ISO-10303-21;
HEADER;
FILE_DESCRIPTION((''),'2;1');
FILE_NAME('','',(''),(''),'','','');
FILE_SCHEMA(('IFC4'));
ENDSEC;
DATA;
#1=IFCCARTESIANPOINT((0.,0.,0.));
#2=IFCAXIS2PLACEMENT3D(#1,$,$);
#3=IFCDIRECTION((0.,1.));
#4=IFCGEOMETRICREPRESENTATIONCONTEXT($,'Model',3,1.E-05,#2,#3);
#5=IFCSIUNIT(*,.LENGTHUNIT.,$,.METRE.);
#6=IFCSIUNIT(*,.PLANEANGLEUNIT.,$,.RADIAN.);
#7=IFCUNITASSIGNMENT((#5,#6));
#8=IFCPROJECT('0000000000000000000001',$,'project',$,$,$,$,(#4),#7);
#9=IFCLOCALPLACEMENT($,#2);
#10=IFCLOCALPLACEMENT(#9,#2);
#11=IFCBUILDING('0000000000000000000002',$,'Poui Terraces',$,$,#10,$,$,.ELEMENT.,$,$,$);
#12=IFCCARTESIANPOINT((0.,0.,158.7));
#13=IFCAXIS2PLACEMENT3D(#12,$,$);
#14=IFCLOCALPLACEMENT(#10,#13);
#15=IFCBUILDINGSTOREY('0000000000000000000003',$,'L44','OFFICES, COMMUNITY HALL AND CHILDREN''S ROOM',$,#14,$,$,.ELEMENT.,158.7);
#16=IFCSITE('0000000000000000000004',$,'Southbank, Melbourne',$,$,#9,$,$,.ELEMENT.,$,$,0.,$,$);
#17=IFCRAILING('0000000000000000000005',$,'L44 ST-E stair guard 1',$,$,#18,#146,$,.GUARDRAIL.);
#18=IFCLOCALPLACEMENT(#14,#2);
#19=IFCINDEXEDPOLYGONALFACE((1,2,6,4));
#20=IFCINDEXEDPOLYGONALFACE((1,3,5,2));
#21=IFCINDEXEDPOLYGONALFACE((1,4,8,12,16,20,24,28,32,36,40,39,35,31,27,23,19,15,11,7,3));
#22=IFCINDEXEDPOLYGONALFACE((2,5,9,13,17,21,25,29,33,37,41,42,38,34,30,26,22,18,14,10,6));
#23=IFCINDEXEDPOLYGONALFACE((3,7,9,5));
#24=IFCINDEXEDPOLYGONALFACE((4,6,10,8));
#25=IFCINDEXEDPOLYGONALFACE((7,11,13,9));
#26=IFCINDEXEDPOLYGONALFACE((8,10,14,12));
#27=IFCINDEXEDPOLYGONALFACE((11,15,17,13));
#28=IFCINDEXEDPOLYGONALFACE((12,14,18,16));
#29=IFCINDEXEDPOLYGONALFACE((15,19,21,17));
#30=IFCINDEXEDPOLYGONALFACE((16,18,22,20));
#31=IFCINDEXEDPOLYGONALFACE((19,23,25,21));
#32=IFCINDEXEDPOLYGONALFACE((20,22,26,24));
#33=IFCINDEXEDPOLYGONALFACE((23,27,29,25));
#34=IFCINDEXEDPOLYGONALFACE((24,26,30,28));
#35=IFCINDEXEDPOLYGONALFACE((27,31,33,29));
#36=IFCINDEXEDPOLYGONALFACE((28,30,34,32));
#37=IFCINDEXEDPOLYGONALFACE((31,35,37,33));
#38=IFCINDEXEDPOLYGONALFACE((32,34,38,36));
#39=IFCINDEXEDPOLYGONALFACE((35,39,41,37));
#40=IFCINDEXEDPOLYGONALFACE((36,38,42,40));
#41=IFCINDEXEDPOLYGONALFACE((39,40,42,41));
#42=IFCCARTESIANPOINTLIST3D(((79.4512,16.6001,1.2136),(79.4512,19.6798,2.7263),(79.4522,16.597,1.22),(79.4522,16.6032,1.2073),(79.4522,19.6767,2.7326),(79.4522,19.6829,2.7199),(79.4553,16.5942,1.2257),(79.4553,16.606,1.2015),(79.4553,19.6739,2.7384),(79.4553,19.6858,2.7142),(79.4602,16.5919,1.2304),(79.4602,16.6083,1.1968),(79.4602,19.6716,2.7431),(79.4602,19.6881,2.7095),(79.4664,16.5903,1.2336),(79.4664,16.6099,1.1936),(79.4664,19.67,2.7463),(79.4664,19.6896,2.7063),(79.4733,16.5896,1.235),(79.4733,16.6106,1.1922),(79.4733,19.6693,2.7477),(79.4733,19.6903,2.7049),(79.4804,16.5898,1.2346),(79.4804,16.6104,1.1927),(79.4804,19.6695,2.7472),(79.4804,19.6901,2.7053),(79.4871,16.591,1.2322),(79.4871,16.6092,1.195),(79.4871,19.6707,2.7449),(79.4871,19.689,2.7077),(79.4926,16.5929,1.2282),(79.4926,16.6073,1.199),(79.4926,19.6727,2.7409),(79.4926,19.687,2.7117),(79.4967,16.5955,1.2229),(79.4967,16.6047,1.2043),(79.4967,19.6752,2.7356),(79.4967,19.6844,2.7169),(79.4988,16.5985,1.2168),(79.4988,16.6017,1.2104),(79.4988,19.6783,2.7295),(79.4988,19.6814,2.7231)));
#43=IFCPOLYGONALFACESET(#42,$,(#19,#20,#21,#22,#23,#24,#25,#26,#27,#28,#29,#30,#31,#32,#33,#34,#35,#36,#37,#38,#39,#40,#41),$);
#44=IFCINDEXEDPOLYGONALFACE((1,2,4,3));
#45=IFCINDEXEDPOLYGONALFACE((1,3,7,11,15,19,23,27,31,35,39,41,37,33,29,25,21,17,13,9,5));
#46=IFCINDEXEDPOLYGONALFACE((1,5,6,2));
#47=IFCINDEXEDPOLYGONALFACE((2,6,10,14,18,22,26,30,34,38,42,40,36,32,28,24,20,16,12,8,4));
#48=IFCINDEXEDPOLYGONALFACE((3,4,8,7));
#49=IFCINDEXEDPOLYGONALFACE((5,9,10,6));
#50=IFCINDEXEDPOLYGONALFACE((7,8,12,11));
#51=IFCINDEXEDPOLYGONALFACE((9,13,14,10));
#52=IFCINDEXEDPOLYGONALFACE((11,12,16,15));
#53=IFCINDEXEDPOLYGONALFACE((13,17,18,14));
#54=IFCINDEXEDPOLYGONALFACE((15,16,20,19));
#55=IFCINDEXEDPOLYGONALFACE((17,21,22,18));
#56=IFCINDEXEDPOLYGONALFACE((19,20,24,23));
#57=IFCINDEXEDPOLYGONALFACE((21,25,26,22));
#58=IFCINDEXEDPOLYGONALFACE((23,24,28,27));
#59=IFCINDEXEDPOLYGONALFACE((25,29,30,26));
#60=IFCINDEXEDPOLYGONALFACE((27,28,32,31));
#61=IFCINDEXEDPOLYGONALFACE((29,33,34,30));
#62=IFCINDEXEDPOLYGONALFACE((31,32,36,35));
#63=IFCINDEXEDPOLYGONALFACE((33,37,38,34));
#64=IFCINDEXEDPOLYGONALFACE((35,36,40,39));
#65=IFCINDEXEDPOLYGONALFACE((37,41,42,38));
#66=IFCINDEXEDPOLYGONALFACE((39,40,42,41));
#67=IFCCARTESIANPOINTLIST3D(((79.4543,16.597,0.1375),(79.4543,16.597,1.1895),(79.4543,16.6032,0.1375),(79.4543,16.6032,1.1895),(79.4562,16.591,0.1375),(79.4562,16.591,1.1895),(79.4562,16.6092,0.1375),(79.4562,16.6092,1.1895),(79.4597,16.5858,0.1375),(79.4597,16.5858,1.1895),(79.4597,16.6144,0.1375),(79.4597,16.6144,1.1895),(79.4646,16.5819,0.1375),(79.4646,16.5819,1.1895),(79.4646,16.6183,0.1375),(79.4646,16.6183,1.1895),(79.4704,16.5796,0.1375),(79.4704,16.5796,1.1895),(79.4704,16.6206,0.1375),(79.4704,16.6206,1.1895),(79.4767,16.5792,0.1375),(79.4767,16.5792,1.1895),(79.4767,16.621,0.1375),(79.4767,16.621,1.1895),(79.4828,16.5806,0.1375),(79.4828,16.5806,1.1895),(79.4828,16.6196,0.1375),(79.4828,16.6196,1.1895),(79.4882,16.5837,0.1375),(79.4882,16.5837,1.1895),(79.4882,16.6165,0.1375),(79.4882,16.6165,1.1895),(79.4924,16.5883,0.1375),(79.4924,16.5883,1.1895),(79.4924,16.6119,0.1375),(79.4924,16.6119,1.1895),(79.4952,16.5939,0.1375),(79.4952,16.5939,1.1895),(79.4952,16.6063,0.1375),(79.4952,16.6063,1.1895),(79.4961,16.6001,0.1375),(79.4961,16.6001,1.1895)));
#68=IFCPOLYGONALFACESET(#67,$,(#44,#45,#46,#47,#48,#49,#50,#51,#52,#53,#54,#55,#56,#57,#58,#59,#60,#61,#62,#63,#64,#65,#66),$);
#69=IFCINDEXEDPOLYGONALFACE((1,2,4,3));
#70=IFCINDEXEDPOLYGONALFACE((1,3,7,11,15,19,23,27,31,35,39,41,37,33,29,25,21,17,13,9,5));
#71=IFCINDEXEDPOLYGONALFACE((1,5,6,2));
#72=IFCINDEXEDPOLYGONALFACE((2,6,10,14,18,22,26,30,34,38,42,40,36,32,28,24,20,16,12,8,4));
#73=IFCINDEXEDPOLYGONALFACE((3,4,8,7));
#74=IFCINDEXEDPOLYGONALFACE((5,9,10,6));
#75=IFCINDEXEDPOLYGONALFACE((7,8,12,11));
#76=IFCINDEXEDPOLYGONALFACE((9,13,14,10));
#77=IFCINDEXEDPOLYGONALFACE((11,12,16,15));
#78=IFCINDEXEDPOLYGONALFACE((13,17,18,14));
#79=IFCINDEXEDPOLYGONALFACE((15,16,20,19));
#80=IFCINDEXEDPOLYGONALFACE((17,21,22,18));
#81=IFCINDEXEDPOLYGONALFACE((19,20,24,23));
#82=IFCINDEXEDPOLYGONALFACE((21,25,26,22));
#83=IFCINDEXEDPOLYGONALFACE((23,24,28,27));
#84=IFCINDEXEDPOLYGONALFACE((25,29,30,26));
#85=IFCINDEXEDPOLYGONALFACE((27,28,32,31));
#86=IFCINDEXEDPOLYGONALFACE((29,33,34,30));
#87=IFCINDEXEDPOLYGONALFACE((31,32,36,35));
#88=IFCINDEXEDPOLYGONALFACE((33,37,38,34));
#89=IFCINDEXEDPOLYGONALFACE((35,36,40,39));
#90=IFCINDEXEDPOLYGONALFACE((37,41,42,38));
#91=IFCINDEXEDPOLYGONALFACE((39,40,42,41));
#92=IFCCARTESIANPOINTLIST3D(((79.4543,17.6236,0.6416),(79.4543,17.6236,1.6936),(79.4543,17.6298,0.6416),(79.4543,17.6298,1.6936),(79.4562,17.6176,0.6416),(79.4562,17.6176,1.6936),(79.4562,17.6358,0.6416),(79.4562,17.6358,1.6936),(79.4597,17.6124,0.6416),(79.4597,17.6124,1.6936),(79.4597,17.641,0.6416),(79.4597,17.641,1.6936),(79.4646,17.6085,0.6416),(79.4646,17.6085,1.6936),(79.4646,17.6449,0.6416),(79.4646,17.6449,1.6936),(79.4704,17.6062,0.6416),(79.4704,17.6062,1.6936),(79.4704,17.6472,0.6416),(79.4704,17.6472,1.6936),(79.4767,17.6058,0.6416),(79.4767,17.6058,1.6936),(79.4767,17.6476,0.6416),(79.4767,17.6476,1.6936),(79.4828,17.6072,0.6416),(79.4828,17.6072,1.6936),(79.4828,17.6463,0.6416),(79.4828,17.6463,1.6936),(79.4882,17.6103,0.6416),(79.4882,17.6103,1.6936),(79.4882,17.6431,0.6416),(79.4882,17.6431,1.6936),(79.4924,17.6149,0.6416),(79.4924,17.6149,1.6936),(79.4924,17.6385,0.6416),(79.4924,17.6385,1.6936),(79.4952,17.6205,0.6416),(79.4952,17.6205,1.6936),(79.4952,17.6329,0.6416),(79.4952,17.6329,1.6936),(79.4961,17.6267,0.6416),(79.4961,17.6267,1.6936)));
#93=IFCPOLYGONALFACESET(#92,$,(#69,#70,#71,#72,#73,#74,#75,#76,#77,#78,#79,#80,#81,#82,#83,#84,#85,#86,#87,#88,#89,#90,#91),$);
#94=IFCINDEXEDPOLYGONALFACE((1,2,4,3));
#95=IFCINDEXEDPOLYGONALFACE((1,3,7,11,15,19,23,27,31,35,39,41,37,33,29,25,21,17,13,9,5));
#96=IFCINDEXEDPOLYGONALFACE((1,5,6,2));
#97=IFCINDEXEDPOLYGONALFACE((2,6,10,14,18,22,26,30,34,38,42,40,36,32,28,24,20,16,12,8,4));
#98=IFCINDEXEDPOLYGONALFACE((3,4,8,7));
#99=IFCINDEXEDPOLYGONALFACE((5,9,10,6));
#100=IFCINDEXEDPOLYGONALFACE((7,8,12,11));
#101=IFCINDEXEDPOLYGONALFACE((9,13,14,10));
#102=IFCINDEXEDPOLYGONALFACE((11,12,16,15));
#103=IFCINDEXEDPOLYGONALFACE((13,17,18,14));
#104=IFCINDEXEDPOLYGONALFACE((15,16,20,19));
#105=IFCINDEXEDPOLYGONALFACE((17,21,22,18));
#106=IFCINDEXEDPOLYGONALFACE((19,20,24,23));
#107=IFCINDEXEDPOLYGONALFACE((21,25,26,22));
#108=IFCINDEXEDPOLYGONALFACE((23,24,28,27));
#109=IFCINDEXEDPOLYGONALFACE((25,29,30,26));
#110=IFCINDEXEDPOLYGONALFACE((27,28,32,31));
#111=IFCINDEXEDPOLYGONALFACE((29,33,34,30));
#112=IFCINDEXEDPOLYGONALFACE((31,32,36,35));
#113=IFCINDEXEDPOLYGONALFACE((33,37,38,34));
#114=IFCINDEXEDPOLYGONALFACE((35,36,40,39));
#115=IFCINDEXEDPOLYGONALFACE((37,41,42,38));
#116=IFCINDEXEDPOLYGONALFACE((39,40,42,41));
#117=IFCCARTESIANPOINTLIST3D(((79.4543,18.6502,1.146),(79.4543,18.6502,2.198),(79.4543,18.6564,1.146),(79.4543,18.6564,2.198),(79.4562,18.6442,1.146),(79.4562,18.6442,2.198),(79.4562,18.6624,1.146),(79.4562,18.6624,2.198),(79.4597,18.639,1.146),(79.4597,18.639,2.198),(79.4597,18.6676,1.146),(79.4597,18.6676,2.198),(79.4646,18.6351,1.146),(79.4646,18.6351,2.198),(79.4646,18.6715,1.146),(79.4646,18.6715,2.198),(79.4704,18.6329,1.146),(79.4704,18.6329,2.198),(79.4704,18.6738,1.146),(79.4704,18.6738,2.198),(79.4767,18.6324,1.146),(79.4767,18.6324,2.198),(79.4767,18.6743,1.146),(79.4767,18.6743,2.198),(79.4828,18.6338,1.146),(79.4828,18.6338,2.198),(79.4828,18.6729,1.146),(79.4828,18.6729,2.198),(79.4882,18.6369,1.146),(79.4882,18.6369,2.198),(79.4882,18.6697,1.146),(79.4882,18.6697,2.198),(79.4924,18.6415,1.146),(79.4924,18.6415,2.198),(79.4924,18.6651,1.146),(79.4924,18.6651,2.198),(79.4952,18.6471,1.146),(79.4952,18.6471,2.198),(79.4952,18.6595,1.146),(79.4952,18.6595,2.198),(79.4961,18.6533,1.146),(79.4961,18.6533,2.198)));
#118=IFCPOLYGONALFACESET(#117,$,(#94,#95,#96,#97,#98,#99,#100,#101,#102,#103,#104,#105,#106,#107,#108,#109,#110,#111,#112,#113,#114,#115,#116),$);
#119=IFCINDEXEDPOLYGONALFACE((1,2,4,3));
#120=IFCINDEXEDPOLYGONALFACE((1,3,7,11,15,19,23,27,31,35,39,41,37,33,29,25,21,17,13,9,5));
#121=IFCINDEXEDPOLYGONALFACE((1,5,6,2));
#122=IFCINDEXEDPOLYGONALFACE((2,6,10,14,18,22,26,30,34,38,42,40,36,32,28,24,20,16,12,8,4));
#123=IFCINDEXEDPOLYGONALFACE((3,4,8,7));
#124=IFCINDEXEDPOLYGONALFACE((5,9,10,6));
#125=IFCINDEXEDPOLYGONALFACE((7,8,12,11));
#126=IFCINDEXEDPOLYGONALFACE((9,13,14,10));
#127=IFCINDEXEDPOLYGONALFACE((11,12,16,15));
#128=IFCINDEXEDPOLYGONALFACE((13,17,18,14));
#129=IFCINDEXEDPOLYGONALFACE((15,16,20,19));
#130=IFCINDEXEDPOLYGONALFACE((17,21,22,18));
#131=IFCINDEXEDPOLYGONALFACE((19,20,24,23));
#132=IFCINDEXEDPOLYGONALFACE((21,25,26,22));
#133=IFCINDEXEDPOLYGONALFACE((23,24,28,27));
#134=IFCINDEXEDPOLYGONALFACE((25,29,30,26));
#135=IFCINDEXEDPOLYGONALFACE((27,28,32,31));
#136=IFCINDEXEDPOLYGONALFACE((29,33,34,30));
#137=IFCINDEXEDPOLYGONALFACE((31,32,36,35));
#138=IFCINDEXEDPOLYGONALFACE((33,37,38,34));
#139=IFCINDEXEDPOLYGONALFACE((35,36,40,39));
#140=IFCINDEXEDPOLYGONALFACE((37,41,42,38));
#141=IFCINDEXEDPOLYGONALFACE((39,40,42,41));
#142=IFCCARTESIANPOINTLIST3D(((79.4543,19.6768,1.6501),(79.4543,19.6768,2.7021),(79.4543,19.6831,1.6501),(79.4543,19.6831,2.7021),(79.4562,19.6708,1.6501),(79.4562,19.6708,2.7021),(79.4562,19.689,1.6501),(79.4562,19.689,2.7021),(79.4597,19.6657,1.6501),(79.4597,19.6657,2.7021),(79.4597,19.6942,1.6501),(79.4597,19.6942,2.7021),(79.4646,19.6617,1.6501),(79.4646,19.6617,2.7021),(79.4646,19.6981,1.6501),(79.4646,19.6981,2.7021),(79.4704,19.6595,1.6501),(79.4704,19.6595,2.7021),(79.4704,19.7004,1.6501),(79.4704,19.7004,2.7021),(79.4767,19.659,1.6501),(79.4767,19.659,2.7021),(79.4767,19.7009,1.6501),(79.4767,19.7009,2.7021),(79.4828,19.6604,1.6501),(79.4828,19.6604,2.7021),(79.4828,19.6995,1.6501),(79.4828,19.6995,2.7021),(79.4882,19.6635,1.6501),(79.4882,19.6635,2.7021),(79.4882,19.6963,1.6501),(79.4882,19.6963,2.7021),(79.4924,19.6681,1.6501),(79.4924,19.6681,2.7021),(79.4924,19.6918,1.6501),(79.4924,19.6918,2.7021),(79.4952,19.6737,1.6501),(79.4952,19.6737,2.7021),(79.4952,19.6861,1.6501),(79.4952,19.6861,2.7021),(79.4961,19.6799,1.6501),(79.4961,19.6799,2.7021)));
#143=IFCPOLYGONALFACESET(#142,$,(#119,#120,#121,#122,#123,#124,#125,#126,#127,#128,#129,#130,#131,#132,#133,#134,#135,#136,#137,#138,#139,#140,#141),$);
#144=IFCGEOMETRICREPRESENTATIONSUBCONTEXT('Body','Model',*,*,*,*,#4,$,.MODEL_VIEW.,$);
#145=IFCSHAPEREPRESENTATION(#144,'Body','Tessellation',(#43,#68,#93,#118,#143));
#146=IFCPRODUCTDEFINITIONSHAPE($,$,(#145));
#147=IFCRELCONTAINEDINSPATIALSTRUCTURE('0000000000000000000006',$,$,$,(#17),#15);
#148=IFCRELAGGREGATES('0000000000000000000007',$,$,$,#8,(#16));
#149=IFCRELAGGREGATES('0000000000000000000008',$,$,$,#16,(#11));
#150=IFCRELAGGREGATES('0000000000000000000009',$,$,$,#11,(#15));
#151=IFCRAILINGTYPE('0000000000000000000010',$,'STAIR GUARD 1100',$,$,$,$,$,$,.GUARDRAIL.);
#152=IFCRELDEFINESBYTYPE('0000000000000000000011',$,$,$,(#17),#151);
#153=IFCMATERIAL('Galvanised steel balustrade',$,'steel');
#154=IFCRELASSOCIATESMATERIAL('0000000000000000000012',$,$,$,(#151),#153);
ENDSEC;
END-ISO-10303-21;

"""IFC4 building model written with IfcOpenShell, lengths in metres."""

from ifc_helpers import new_model, si_unit, direction, frame, origin, origin_2d, place, context, subcontext, project, spatial, circle, extrude, material, type_object, element, save


model = new_model("IFC4")

# Units and contexts
model_context = context("Model", 3, precision=1e-05, world=origin(), true_north=direction((0.0, 1.0)))
body_context = subcontext(model_context, "Body", "Model", "MODEL_VIEW")
ifc_project = project(units=[si_unit("LENGTHUNIT", "METRE"), si_unit("PLANEANGLEUNIT", "RADIAN")], contexts=[model_context])

# Site, building, storey
site_placement = place(None, origin())
site = spatial("IfcSite", under=ifc_project, at=site_placement, Name="Southbank, Melbourne", CompositionType="ELEMENT", RefElevation=0.0)
building_placement = place(site_placement, origin())
building = spatial("IfcBuilding", under=site, at=building_placement, Name="Poui Terraces", CompositionType="ELEMENT")
storey_placement = place(building_placement, frame((0.0, 0.0, 158.7)))
storey = spatial("IfcBuildingStorey", under=building, at=storey_placement, Name="L44", Description="OFFICES, COMMUNITY HALL AND CHILDREN'S ROOM", CompositionType="ELEMENT", Elevation=158.7)

# Railing
ifc_material_1 = material(Name="Galvanised steel balustrade", Category="steel")
railing_type_1 = type_object("IfcRailingType", Name="STAIR GUARD 1100", PredefinedType="GUARDRAIL", material=ifc_material_1)
railing_1_placement = place(storey_placement, frame((79.4751, 16.6001, 0.1375)))
element("IfcRailing", 1, at=railing_1_placement, inside=storey, type_object=railing_type_1, Name="L44 ST-E stair guard 1", PredefinedType="GUARDRAIL", context=body_context, shape_type="SweptSolid", body=[
    extrude(circle(Radius=0.0239, at=origin_2d()), frame((0.0, 0.0, 1.0762), z_axis=(0.0, 0.897578, 0.440856), x_axis=(-1.0, 0.0, 0.0)), (0.0, 0.0, 1.0), 3.4312),
    extrude(circle(Radius=0.021, at=origin_2d()), origin(), (0.0, 0.0, 1.0), 1.052),
    extrude(circle(Radius=0.021, at=origin_2d()), frame((0.0, 1.0266, 0.5042)), (0.0, 0.0, 1.0), 1.052),
    extrude(circle(Radius=0.021, at=origin_2d()), frame((0.0, 2.0532, 1.0085)), (0.0, 0.0, 1.0), 1.052),
    extrude(circle(Radius=0.021, at=origin_2d()), frame((0.0, 3.0798, 1.5127)), (0.0, 0.0, 1.0), 1.052),
])

save(model, "model.ifc")
